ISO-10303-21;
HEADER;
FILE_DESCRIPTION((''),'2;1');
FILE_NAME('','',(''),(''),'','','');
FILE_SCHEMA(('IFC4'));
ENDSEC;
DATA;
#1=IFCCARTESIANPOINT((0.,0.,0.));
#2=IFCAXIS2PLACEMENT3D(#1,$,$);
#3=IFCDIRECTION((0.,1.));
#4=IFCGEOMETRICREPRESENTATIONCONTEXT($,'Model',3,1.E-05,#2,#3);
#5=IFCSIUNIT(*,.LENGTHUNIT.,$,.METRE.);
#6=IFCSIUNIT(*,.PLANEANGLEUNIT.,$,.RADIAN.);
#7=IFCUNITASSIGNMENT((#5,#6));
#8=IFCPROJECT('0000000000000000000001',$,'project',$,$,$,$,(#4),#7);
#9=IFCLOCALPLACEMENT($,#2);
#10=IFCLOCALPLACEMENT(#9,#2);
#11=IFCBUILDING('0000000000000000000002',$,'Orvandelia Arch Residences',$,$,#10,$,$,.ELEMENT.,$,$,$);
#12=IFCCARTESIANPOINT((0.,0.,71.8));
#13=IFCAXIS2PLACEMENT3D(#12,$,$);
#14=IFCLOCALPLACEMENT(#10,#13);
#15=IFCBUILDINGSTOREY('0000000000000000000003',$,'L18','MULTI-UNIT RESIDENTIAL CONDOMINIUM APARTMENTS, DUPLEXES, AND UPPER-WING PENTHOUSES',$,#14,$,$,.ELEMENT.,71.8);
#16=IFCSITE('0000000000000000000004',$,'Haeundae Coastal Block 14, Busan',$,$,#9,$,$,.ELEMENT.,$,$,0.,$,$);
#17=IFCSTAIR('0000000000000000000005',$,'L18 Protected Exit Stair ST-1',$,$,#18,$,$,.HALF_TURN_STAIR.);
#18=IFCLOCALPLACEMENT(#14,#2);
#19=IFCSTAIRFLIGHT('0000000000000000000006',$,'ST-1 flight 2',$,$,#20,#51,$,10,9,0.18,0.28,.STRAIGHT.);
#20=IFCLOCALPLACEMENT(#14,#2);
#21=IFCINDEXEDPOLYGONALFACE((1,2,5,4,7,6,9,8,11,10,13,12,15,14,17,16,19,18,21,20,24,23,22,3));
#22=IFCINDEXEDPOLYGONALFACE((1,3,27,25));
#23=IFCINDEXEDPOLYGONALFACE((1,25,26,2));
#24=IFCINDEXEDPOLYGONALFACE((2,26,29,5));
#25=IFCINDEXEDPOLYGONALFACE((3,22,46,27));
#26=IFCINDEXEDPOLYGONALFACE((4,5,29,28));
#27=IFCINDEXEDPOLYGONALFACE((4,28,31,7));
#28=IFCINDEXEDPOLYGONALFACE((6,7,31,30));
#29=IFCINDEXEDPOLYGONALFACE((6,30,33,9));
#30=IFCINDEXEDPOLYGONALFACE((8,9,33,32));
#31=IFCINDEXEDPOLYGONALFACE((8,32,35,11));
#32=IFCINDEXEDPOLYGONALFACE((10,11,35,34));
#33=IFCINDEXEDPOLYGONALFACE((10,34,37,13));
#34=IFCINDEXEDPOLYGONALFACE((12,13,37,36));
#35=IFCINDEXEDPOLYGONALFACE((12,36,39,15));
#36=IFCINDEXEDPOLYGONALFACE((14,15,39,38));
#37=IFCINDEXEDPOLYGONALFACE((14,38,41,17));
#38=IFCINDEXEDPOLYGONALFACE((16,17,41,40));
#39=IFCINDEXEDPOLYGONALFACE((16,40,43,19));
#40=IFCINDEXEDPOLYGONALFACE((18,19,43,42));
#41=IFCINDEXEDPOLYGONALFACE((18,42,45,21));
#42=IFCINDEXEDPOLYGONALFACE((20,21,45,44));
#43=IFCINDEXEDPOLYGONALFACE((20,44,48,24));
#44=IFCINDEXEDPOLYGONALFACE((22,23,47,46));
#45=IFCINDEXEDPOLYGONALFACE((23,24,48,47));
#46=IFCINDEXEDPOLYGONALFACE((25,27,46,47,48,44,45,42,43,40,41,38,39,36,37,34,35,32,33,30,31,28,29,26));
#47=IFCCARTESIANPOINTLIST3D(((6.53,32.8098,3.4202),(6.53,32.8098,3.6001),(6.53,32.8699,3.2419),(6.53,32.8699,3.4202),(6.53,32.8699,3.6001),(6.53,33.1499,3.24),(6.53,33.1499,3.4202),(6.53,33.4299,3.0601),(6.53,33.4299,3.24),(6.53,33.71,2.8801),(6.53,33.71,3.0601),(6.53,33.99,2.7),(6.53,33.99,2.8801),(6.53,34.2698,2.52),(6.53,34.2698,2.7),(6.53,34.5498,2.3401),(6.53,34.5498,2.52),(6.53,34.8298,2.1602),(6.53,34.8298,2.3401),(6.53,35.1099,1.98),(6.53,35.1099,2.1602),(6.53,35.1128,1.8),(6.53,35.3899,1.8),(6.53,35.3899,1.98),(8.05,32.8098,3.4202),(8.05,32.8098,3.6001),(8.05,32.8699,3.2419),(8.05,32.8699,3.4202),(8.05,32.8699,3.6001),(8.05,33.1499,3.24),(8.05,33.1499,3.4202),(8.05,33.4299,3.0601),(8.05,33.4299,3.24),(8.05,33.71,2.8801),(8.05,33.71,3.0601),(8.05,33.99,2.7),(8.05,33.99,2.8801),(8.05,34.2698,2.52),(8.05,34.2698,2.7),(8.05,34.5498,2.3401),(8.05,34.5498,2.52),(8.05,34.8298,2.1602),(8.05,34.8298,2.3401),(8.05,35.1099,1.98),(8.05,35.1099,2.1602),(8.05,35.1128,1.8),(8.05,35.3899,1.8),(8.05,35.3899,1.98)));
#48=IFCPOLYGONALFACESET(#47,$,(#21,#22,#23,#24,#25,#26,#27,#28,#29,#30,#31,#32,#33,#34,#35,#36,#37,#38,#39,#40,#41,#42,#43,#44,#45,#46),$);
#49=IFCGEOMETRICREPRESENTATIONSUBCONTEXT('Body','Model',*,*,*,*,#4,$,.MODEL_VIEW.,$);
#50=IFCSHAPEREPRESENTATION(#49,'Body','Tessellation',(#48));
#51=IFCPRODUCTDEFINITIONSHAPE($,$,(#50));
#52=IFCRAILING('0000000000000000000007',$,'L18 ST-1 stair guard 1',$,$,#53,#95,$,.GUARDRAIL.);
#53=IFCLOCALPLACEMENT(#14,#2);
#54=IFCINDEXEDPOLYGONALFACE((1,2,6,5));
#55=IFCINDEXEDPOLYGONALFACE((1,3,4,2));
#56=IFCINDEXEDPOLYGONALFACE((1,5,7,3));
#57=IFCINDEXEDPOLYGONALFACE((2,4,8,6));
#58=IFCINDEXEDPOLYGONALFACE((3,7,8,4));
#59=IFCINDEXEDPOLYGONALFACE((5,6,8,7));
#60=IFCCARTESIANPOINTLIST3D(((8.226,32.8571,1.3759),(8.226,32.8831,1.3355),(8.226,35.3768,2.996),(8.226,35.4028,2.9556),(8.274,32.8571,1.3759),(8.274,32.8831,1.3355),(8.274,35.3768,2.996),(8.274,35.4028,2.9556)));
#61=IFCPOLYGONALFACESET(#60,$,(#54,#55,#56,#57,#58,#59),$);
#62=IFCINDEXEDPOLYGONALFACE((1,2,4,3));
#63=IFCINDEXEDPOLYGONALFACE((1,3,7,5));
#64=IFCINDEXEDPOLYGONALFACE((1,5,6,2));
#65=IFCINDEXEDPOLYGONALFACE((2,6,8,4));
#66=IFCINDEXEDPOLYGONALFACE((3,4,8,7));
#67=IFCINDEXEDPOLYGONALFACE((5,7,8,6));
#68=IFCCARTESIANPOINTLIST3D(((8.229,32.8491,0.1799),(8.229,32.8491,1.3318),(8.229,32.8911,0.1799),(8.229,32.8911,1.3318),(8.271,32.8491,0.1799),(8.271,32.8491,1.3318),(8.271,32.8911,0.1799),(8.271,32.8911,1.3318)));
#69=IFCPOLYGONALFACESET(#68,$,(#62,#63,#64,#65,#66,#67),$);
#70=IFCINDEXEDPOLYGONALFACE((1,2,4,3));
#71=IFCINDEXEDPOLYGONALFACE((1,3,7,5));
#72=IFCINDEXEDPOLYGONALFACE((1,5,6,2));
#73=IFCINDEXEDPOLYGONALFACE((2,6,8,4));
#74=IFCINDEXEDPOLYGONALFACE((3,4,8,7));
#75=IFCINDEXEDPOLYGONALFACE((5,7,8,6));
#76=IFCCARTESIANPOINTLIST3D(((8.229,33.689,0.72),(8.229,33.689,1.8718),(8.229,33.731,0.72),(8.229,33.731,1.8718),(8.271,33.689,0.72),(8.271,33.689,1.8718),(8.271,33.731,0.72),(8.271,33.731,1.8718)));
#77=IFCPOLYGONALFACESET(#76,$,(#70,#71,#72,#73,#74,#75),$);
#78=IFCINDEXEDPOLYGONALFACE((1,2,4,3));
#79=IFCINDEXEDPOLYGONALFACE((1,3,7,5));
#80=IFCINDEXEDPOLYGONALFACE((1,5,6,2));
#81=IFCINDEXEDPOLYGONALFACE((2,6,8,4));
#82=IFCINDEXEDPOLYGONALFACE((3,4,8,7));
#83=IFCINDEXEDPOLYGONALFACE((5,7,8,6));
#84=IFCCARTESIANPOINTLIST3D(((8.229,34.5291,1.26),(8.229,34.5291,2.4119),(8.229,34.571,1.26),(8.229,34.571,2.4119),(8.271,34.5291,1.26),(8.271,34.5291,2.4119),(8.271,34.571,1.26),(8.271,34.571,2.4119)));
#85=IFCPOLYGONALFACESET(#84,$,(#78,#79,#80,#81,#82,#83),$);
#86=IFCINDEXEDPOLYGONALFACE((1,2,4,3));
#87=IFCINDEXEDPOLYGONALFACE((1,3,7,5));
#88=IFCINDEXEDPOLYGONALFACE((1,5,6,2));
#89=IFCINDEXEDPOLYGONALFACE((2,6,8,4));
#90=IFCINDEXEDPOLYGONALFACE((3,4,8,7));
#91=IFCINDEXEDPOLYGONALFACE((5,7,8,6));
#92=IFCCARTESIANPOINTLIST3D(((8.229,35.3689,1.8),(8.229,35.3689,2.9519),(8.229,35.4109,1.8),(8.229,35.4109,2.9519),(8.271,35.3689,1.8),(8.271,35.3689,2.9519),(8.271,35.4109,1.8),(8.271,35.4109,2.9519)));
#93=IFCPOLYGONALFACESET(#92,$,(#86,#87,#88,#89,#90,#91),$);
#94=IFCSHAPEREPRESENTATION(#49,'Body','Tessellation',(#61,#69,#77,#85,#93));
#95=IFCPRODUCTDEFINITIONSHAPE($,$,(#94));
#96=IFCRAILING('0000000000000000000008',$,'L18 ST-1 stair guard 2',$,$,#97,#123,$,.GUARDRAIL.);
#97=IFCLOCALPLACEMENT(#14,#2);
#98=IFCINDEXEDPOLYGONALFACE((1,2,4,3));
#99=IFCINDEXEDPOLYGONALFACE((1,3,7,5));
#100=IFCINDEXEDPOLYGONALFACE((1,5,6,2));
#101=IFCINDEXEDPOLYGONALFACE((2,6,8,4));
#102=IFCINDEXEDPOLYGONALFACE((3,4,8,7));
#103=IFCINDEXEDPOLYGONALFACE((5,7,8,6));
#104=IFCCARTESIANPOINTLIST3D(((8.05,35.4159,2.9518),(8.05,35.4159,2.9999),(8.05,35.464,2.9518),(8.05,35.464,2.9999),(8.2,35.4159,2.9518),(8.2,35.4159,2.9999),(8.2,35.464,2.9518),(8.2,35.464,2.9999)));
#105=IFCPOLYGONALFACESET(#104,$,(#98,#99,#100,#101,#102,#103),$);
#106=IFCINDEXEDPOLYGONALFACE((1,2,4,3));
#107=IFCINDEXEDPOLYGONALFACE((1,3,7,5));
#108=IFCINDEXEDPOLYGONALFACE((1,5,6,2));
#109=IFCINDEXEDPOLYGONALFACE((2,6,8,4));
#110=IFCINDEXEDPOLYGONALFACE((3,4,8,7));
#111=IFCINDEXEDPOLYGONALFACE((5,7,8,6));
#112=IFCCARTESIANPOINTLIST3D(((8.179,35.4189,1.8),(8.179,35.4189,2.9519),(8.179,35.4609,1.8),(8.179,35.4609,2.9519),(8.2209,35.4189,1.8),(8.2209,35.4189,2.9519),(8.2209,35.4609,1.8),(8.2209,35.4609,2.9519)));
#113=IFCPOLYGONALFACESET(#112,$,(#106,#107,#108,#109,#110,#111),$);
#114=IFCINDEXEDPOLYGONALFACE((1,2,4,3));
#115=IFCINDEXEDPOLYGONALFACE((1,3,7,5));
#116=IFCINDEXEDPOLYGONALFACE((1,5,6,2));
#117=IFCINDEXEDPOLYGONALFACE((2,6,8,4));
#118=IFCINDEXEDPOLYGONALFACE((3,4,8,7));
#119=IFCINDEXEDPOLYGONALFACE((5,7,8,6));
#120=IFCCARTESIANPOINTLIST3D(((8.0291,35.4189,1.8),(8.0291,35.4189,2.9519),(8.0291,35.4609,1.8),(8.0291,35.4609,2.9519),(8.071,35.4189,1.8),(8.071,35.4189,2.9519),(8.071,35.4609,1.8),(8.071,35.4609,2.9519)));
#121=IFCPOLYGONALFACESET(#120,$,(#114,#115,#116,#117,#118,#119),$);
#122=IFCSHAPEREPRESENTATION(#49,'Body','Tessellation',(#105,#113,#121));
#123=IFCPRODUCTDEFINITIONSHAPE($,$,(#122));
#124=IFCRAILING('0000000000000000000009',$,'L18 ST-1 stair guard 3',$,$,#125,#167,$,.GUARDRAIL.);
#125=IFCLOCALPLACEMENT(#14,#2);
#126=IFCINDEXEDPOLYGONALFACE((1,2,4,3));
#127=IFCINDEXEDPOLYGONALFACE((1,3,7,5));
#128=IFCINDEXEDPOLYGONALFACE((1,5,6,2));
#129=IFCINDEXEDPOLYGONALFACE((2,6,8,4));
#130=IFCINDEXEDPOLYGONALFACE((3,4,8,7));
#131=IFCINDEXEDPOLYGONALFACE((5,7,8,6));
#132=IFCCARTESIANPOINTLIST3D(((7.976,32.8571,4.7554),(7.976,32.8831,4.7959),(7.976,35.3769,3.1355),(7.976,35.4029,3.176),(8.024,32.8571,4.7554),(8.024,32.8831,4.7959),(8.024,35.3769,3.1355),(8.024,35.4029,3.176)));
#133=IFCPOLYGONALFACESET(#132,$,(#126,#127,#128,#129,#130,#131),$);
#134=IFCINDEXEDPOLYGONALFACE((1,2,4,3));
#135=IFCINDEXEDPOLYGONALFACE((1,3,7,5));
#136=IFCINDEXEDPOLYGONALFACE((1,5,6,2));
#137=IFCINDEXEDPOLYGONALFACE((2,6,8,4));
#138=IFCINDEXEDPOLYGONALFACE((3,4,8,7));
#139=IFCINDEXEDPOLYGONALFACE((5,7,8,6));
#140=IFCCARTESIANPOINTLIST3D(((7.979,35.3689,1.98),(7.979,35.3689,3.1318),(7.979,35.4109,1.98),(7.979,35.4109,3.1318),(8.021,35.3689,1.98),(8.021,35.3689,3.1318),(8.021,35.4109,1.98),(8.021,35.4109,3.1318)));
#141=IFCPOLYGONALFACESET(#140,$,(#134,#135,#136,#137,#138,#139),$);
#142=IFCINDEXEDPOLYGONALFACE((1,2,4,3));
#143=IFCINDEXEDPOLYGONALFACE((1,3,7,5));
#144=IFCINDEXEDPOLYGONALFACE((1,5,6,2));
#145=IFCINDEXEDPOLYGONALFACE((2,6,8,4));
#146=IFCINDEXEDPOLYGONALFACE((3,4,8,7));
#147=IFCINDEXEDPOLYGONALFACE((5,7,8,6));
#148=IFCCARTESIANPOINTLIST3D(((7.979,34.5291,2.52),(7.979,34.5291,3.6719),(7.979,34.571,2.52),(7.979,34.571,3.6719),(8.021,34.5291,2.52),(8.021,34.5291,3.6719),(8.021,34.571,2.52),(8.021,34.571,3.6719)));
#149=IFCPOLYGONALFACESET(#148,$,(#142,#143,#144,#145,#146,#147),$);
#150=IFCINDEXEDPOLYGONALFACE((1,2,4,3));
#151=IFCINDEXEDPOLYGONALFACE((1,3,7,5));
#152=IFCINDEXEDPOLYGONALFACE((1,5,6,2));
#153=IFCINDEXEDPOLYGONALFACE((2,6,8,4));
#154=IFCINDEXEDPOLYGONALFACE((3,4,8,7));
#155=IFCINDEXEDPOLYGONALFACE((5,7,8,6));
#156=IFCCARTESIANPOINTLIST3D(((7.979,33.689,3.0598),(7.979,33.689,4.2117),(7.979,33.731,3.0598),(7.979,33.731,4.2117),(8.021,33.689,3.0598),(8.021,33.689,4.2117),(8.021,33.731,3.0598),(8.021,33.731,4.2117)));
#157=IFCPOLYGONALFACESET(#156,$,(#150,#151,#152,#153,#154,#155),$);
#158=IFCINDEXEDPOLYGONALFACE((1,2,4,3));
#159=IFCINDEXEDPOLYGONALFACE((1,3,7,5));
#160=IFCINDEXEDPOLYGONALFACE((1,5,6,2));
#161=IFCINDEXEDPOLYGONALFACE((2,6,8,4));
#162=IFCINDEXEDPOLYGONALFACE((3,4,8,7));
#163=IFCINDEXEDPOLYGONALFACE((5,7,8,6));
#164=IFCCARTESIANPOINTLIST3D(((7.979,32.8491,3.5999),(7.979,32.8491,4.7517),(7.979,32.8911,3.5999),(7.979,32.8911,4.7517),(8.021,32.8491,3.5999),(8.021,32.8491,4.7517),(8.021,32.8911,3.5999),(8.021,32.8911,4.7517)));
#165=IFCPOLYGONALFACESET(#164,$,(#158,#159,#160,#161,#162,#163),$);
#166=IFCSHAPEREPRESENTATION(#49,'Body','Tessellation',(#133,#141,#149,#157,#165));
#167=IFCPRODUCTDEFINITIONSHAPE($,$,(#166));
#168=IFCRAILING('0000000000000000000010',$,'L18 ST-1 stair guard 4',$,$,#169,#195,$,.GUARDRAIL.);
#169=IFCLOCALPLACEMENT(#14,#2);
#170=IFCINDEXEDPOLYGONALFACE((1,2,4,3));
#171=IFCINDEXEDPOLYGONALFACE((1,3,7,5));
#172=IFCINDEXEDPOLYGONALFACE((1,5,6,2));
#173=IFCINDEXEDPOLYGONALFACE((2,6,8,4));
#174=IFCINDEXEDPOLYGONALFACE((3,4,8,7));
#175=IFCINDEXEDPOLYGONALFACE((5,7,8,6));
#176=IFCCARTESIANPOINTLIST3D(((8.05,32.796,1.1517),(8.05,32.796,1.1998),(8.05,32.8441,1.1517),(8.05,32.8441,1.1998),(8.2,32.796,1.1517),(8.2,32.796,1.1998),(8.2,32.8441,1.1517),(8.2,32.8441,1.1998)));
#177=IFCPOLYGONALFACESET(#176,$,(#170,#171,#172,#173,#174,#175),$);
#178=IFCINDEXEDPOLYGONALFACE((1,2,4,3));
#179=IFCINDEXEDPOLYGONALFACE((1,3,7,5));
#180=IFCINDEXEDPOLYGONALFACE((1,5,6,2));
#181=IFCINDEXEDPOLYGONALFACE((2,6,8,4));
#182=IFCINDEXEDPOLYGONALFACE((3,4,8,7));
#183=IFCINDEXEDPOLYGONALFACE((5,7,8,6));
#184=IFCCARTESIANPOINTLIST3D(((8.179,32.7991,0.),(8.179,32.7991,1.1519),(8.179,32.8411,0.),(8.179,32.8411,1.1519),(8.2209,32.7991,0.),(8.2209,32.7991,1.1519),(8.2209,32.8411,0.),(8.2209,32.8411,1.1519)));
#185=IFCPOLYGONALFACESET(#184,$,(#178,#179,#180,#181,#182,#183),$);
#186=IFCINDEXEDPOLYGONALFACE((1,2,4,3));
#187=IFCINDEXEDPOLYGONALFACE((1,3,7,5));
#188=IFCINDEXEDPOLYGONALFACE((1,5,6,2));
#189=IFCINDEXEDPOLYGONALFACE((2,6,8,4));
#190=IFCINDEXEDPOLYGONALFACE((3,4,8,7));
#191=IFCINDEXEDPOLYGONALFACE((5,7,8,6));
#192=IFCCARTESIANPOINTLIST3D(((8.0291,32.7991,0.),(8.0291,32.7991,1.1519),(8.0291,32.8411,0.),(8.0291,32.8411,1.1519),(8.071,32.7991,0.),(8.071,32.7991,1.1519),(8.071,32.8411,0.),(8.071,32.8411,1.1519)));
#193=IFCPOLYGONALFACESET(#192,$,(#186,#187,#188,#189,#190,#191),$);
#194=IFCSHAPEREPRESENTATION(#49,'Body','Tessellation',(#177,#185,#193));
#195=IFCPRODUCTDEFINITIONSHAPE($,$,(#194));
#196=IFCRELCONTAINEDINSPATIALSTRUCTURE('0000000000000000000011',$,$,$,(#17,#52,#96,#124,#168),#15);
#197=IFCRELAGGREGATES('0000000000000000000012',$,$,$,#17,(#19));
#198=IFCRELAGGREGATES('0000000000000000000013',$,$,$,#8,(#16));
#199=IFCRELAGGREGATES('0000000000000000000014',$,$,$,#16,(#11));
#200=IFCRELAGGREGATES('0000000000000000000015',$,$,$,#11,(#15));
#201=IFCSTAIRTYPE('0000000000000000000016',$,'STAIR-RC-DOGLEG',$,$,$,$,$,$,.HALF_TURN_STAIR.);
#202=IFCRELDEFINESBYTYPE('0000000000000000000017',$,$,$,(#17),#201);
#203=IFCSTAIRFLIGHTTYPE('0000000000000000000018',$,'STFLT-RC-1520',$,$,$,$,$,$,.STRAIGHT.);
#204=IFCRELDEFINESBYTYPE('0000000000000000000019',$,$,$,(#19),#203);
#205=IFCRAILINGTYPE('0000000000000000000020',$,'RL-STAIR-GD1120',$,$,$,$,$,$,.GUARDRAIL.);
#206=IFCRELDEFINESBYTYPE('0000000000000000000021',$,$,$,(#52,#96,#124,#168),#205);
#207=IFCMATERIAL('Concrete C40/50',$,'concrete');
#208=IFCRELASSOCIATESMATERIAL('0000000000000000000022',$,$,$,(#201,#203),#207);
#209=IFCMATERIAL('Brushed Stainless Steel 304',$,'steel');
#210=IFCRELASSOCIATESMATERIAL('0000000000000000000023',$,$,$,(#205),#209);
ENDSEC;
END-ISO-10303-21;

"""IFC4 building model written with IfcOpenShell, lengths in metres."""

from ifc_helpers import new_model, si_unit, direction, frame, origin, origin_2d, place, context, subcontext, project, spatial, polyline, rectangle, outline, extrude, material, type_object, element, aggregate, save


model = new_model("IFC4")

# Units and contexts
model_context = context("Model", 3, precision=1e-05, world=origin(), true_north=direction((0.0, 1.0)))
body_context = subcontext(model_context, "Body", "Model", "MODEL_VIEW")
ifc_project = project(units=[si_unit("LENGTHUNIT", "METRE"), si_unit("PLANEANGLEUNIT", "RADIAN")], contexts=[model_context])

# Site, building, storey
site_placement = place(None, origin())
site = spatial("IfcSite", under=ifc_project, at=site_placement, Name="Haeundae Coastal Block 14, Busan", CompositionType="ELEMENT", RefElevation=0.0)
building_placement = place(site_placement, origin())
building = spatial("IfcBuilding", under=site, at=building_placement, Name="Orvandelia Arch Residences", CompositionType="ELEMENT")
storey_placement = place(building_placement, frame((0.0, 0.0, 71.8)))
storey = spatial("IfcBuildingStorey", under=building, at=storey_placement, Name="L18", Description="MULTI-UNIT RESIDENTIAL CONDOMINIUM APARTMENTS, DUPLEXES, AND UPPER-WING PENTHOUSES", CompositionType="ELEMENT", Elevation=71.8)

# Stair, stair flight
ifc_material_1 = material(Name="Concrete C40/50", Category="concrete")
stair_type = type_object("IfcStairType", Name="STAIR-RC-DOGLEG", PredefinedType="HALF_TURN_STAIR", material=ifc_material_1)
stair_placement = place(storey_placement, origin())
stair = element("IfcStair", 1, at=stair_placement, inside=storey, type_object=stair_type, Name="L18 Protected Exit Stair ST-1", PredefinedType="HALF_TURN_STAIR")
stair_flight_type = type_object("IfcStairFlightType", Name="STFLT-RC-1520", PredefinedType="STRAIGHT", material=ifc_material_1)
stair_flight_1_placement = place(storey_placement, frame((7.29, 35.3899, 1.8), z_axis=(0.0, 0.0, 1.0), x_axis=(0.0, -1.0, 0.0)))
stair_flight_1 = element("IfcStairFlight", 2, at=stair_flight_1_placement, type_object=stair_flight_type, Name="ST-1 flight 2", NumberOfRisers=10, NumberOfTreads=9, PredefinedType="STRAIGHT", RiserHeight=0.18, TreadLength=0.28, context=body_context, shape_type="SweptSolid", body=[
    extrude(outline(polyline([(0.0, 0.0), (0.0, 0.1799), (0.28, 0.1799), (0.28, 0.3601), (0.5601, 0.3601), (0.5601, 0.54), (0.8401, 0.54), (0.8401, 0.72), (1.1201, 0.72), (1.1201, 0.8999), (1.3999, 0.8999), (1.3999, 1.0801), (1.6799, 1.0801), (1.6799, 1.26), (1.96, 1.26), (1.96, 1.4399), (2.24, 1.4399), (2.24, 1.6201), (2.52, 1.6201), (2.52, 1.8), (2.5801, 1.8), (2.5801, 1.6201), (2.52, 1.4419), (0.2771, 0.0), (0.0, 0.0)])), frame((0.0, 0.76, 0.0), z_axis=(0.0, -1.0, 0.0), x_axis=(1.0, 0.0, 0.0)), (0.0, 0.0, 1.0), 1.52),
])
aggregate(stair, [stair_flight_1])

# Railings
ifc_material_2 = material(Name="Brushed Stainless Steel 304", Category="steel")
railing_type_1 = type_object("IfcRailingType", Name="RL-STAIR-GD1120", PredefinedType="GUARDRAIL", material=ifc_material_2)
railing_1_placement = place(storey_placement, frame((8.25, 32.8701, 0.1799)))
element("IfcRailing", 3, at=railing_1_placement, inside=storey, type_object=railing_type_1, Name="L18 ST-1 stair guard 1", PredefinedType="GUARDRAIL", context=body_context, shape_type="SweptSolid", body=[
    extrude(rectangle(XDim=0.0481, YDim=0.0481, at=origin_2d()), frame((0.0, 0.0, 1.1758), z_axis=(0.0, 0.841139, 0.540819), x_axis=(-1.0, 0.0, 0.0)), (0.0, 0.0, 1.0), 2.9956),
    extrude(rectangle(XDim=0.042, YDim=0.042, at=origin_2d()), origin(), (0.0, 0.0, 1.0), 1.1519),
    extrude(rectangle(XDim=0.042, YDim=0.042, at=origin_2d()), frame((0.0, 0.8398, 0.54)), (0.0, 0.0, 1.0), 1.1519),
    extrude(rectangle(XDim=0.042, YDim=0.042, at=origin_2d()), frame((0.0, 1.6799, 1.0801)), (0.0, 0.0, 1.0), 1.1519),
    extrude(rectangle(XDim=0.042, YDim=0.042, at=origin_2d()), frame((0.0, 2.5198, 1.6201)), (0.0, 0.0, 1.0), 1.1519),
])
railing_2_placement = place(storey_placement, frame((8.2, 35.4399, 1.8)))
element("IfcRailing", 4, at=railing_2_placement, inside=storey, type_object=railing_type_1, Name="L18 ST-1 stair guard 2", PredefinedType="GUARDRAIL", context=body_context, shape_type="SweptSolid", body=[
    extrude(rectangle(XDim=0.0481, YDim=0.0481, at=origin_2d()), frame((0.0, 0.0, 1.1758), z_axis=(-1.0, 0.0, 0.0), x_axis=(0.0, -1.0, 0.0)), (0.0, 0.0, 1.0), 0.1499),
    extrude(rectangle(XDim=0.042, YDim=0.042, at=origin_2d()), origin(), (0.0, 0.0, 1.0), 1.1519),
    extrude(rectangle(XDim=0.042, YDim=0.042, at=origin_2d()), frame((-0.1499, 0.0, 0.0)), (0.0, 0.0, 1.0), 1.1519),
])
railing_3_placement = place(storey_placement, frame((8.0, 35.3899, 1.98)))
element("IfcRailing", 5, at=railing_3_placement, inside=storey, type_object=railing_type_1, Name="L18 ST-1 stair guard 3", PredefinedType="GUARDRAIL", context=body_context, shape_type="SweptSolid", body=[
    extrude(rectangle(XDim=0.0481, YDim=0.0481, at=origin_2d()), frame((0.0, 0.0, 1.1758), z_axis=(0.0, -0.841176, 0.540762), x_axis=(1.0, 0.0, 0.0)), (0.0, 0.0, 1.0), 2.9956),
    extrude(rectangle(XDim=0.042, YDim=0.042, at=origin_2d()), origin(), (0.0, 0.0, 1.0), 1.1519),
    extrude(rectangle(XDim=0.042, YDim=0.042, at=origin_2d()), frame((0.0, -0.8398, 0.54)), (0.0, 0.0, 1.0), 1.1519),
    extrude(rectangle(XDim=0.042, YDim=0.042, at=origin_2d()), frame((0.0, -1.6799, 1.0798)), (0.0, 0.0, 1.0), 1.1519),
    extrude(rectangle(XDim=0.042, YDim=0.042, at=origin_2d()), frame((0.0, -2.5198, 1.6199)), (0.0, 0.0, 1.0), 1.1519),
])
railing_4_placement = place(storey_placement, frame((8.2, 32.8201, 0.0)))
element("IfcRailing", 6, at=railing_4_placement, inside=storey, type_object=railing_type_1, Name="L18 ST-1 stair guard 4", PredefinedType="GUARDRAIL", context=body_context, shape_type="SweptSolid", body=[
    extrude(rectangle(XDim=0.0481, YDim=0.0481, at=origin_2d()), frame((0.0, 0.0, 1.1758), z_axis=(-1.0, 0.0, 0.0), x_axis=(0.0, -1.0, 0.0)), (0.0, 0.0, 1.0), 0.1499),
    extrude(rectangle(XDim=0.042, YDim=0.042, at=origin_2d()), origin(), (0.0, 0.0, 1.0), 1.1519),
    extrude(rectangle(XDim=0.042, YDim=0.042, at=origin_2d()), frame((-0.1499, 0.0, 0.0)), (0.0, 0.0, 1.0), 1.1519),
])

save(model, "model.ifc")
